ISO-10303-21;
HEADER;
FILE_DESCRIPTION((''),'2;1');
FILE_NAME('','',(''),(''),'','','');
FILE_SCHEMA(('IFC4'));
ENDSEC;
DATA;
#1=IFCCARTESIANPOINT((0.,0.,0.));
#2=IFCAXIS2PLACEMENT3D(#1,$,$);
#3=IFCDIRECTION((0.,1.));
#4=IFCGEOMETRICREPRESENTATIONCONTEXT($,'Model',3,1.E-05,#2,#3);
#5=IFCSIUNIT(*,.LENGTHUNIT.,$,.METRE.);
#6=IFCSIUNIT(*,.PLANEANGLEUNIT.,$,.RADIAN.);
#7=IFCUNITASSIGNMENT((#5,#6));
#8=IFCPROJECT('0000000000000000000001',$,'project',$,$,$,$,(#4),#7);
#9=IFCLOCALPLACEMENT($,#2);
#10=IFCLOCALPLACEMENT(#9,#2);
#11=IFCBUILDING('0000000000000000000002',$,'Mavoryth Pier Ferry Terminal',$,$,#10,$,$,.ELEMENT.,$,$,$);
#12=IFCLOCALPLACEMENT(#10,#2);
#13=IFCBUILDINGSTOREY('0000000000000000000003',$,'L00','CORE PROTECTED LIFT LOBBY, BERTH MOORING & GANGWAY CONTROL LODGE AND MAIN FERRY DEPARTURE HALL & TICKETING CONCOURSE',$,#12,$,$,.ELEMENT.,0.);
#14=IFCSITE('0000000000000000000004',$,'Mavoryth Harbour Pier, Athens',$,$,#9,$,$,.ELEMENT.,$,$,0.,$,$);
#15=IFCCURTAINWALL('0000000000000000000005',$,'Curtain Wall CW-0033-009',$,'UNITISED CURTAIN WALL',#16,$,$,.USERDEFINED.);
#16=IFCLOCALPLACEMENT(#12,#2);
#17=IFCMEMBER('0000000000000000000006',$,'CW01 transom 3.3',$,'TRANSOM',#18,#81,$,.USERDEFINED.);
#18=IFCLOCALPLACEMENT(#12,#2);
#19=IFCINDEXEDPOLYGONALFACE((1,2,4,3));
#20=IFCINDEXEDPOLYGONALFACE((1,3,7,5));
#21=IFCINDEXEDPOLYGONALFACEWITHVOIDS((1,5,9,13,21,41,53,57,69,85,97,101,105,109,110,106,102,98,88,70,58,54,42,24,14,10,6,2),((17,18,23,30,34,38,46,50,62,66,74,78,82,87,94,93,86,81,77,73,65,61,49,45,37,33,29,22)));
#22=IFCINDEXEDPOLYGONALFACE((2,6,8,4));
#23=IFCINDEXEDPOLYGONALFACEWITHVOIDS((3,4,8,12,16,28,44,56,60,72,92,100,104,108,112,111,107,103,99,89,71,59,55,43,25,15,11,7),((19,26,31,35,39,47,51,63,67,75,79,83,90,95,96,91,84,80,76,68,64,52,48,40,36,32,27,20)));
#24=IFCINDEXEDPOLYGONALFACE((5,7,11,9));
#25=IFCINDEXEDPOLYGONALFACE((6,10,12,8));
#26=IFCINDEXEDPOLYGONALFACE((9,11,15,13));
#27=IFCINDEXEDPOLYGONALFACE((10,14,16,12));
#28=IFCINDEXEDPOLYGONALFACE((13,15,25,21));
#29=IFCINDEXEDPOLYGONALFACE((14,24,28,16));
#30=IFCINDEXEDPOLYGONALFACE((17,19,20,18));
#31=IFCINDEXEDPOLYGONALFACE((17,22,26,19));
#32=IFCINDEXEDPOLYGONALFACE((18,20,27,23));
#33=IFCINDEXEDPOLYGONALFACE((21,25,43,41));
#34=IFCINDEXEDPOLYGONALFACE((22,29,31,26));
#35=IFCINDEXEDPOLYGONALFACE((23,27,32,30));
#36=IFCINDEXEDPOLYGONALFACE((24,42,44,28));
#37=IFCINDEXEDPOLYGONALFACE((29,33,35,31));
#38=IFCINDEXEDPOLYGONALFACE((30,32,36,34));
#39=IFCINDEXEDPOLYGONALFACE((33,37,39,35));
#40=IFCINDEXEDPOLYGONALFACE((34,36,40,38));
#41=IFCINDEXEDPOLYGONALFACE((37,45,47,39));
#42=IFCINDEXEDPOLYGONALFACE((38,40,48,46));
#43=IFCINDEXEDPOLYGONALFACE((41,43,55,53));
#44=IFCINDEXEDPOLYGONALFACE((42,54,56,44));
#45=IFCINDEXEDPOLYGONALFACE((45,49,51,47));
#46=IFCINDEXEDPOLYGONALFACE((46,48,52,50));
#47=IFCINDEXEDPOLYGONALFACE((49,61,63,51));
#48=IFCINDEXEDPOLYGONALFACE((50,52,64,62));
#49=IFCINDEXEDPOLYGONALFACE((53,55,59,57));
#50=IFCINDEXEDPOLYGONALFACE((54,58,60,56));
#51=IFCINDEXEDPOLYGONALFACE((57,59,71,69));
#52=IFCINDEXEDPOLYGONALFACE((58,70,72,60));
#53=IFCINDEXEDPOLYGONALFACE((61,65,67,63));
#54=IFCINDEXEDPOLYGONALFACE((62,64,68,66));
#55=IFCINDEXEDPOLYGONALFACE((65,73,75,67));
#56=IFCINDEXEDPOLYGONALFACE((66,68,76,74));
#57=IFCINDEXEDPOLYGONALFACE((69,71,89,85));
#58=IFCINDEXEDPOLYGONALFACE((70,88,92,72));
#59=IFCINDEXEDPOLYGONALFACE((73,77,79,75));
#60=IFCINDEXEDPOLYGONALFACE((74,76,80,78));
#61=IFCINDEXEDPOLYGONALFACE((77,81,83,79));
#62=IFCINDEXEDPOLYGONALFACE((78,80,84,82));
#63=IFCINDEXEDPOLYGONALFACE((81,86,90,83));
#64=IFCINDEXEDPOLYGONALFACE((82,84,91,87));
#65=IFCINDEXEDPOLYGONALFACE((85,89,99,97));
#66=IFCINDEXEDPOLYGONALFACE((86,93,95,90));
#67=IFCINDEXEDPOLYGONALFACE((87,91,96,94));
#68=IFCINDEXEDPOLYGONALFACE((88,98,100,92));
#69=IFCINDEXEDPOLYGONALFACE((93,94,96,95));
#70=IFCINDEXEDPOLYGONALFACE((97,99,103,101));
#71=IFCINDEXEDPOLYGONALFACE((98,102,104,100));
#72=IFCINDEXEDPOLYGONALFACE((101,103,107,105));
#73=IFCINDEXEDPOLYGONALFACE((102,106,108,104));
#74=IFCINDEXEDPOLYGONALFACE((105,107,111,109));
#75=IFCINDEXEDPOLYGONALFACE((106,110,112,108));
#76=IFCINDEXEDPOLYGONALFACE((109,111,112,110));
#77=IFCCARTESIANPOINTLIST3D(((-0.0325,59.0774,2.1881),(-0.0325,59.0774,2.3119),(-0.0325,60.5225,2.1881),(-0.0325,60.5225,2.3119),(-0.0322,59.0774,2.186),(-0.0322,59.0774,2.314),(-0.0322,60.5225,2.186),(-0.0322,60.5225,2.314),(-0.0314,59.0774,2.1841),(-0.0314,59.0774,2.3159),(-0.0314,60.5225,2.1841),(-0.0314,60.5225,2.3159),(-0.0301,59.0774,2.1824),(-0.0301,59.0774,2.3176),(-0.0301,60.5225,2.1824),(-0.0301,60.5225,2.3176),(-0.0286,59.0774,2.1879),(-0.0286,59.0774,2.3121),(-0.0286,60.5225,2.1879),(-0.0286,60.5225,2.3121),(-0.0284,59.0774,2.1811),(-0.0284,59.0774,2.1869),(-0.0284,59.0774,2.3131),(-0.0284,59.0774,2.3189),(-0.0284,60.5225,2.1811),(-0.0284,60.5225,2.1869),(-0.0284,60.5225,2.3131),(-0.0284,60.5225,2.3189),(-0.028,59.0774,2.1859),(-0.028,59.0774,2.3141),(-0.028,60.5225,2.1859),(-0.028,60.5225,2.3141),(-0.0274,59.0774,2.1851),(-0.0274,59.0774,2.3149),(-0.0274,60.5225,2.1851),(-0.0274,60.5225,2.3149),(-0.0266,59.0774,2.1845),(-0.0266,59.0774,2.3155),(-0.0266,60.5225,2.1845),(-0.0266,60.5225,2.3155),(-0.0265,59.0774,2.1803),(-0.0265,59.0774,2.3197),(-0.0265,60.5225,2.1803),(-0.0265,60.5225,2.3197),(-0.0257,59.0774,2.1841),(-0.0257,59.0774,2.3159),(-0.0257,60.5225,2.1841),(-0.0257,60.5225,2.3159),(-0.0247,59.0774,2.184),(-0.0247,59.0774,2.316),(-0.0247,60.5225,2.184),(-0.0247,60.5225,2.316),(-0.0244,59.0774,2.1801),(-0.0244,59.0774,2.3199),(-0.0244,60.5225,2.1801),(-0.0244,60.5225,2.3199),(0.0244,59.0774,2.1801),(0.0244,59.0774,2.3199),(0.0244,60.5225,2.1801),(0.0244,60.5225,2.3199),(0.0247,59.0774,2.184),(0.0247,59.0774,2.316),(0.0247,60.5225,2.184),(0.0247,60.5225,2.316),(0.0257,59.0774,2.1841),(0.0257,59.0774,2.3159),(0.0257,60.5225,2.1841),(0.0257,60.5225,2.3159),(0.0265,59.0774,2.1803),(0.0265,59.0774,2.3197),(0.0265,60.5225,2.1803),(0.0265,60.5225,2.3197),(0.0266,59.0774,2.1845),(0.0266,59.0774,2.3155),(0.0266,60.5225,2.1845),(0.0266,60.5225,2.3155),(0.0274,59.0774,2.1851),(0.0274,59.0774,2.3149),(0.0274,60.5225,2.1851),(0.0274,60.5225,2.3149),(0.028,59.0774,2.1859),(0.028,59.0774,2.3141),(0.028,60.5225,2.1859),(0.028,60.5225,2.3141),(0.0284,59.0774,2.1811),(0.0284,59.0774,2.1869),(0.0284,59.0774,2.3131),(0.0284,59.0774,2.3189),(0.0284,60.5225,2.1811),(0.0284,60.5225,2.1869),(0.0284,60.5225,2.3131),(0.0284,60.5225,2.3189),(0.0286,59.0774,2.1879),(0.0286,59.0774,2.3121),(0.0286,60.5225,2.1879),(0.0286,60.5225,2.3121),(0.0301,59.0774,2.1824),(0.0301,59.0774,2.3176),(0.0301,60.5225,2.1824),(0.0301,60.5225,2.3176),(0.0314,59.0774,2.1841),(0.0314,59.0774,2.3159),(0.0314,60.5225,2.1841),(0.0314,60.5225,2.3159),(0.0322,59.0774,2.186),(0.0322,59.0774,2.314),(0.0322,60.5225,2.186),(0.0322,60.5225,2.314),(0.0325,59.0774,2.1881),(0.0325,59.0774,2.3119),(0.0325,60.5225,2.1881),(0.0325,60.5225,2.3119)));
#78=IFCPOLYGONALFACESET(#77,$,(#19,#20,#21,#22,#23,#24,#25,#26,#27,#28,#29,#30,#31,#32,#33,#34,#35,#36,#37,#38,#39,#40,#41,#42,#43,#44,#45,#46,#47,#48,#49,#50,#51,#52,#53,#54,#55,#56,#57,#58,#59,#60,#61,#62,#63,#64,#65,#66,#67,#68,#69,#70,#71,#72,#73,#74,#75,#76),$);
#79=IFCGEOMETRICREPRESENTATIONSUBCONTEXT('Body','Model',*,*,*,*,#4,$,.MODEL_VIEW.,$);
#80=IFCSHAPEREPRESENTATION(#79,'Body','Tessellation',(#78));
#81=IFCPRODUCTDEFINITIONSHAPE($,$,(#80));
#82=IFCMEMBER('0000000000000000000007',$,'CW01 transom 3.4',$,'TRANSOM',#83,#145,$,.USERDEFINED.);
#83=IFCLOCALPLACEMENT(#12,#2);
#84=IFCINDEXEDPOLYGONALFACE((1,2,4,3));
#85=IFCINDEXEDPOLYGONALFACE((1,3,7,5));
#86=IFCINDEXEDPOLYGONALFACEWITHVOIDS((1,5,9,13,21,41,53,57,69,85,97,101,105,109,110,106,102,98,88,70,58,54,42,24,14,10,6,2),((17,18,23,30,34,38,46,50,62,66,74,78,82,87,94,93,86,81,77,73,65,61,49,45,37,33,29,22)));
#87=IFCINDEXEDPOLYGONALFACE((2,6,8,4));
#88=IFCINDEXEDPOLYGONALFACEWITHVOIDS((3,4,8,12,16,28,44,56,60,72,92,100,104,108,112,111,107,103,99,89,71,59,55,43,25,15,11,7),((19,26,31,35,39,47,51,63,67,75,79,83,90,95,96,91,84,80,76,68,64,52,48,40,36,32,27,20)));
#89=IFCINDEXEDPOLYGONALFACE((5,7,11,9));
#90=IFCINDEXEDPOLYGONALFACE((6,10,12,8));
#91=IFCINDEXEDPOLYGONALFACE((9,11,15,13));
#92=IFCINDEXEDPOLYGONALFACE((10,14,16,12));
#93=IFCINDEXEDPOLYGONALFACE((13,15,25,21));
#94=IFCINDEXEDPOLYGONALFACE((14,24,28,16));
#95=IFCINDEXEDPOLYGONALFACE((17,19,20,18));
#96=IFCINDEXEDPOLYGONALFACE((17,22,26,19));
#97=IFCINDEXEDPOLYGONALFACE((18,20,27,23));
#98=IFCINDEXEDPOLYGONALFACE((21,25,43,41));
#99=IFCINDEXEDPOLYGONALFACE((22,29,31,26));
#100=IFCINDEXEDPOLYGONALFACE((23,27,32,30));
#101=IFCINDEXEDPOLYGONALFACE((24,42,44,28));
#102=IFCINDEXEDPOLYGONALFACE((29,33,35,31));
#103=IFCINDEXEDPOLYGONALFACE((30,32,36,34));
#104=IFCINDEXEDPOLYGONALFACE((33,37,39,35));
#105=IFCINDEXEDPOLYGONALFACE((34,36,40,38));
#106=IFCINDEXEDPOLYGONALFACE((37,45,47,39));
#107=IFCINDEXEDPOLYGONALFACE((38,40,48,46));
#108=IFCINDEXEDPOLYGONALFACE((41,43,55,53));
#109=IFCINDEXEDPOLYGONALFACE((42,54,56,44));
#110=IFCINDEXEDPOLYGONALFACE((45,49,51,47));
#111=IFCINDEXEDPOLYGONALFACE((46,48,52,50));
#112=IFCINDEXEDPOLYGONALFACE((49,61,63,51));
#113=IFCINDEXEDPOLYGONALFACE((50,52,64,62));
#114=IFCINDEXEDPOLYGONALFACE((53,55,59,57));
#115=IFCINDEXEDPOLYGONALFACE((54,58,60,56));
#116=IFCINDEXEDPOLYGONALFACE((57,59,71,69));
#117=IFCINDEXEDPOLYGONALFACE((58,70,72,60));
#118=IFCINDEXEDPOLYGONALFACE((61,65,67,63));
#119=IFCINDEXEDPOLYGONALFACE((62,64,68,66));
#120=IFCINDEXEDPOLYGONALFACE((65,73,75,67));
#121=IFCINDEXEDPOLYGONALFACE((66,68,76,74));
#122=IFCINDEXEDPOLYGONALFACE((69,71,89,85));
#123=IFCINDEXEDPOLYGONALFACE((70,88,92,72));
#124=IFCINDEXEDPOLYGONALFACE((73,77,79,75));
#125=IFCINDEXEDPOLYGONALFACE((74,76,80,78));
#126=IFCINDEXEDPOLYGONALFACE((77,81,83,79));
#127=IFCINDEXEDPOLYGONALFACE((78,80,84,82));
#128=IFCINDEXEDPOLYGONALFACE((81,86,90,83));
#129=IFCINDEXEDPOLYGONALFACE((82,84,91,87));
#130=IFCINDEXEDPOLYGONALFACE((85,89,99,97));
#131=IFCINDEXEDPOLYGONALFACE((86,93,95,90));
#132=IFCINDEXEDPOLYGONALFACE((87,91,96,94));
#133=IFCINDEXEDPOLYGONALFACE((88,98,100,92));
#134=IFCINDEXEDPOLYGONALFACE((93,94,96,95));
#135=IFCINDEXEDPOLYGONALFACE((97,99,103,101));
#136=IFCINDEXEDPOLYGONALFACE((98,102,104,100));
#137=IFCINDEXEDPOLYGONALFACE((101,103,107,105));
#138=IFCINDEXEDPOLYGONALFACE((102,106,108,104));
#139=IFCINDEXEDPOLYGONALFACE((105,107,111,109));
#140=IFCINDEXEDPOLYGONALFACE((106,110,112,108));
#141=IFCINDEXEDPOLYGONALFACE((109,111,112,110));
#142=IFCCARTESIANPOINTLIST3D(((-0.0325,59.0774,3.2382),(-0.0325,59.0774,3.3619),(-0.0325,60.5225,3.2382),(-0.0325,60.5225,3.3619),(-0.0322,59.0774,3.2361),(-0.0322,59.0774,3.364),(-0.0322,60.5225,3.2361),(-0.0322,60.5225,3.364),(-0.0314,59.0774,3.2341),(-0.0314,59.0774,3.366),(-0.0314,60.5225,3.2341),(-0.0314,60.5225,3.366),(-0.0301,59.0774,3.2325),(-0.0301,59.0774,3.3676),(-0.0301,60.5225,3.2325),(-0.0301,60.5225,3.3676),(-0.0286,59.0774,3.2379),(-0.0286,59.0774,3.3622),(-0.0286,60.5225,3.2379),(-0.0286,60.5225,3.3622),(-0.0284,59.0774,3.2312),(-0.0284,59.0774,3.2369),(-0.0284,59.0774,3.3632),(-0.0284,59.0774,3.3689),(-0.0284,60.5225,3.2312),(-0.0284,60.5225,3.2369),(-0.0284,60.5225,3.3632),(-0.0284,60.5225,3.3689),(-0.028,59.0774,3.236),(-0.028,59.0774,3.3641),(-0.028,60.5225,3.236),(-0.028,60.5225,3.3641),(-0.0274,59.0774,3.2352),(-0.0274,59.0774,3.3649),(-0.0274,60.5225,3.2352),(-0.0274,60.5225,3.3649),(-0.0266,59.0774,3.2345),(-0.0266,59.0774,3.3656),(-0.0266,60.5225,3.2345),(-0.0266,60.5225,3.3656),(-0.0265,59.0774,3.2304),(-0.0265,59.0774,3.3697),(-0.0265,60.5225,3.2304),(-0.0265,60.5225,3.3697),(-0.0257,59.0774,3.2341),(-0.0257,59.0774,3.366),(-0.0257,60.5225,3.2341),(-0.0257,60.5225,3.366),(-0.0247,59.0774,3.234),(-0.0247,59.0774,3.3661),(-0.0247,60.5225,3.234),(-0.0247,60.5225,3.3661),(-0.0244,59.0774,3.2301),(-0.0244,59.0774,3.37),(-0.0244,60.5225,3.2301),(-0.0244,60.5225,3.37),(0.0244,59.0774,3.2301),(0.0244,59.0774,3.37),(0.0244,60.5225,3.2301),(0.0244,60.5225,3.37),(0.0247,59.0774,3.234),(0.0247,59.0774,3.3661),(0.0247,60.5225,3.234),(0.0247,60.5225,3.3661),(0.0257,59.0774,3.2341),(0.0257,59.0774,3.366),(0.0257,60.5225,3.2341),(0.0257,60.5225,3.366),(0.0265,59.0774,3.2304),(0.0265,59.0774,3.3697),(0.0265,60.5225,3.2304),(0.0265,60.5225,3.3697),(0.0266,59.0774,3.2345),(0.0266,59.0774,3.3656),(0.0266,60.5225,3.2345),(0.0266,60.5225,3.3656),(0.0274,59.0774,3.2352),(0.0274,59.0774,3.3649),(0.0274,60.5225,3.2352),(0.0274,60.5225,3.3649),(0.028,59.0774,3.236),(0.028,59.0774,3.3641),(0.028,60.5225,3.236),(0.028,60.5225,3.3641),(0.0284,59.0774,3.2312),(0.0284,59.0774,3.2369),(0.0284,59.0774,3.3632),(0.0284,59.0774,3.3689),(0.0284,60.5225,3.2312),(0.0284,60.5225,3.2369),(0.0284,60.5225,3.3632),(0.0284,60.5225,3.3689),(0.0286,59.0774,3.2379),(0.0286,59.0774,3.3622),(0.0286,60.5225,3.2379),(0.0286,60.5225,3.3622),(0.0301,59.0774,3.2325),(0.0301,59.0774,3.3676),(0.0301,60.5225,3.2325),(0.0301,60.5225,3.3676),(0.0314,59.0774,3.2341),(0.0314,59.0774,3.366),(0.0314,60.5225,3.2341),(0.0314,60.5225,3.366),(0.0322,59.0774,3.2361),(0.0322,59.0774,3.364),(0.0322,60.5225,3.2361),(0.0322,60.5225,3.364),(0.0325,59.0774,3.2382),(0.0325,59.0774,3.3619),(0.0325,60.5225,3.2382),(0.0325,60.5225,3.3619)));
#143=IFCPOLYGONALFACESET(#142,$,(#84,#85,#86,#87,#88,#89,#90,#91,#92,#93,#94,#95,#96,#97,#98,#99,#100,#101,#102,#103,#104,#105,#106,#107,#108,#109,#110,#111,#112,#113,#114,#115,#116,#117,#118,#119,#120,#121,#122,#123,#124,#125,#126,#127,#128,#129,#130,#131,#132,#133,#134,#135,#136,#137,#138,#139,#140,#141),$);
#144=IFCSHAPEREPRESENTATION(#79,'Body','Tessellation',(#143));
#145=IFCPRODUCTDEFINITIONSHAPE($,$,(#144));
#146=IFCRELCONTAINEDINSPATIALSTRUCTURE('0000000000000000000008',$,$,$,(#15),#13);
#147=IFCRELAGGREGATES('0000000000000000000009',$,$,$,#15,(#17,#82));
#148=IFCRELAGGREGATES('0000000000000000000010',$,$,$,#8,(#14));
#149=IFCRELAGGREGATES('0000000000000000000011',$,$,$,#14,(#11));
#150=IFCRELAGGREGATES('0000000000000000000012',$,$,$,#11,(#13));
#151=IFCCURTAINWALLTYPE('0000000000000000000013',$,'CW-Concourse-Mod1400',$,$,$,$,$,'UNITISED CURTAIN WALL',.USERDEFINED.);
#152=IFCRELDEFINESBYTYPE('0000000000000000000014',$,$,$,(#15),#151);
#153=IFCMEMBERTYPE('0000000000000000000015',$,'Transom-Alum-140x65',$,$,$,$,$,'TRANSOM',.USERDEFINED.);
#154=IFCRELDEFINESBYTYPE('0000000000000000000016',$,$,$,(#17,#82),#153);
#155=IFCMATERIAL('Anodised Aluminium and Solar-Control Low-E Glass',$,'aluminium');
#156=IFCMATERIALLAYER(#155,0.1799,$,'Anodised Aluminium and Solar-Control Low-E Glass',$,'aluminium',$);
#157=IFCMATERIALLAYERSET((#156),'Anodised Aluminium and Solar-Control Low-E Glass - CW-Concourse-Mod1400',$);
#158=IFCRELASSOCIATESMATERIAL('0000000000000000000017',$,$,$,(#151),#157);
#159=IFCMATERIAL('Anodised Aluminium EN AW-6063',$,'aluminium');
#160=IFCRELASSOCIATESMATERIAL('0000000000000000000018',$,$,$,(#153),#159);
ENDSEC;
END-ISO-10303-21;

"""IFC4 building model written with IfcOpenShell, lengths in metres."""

from ifc_helpers import new_model, si_unit, direction, frame, origin, origin_2d, place, context, subcontext, project, spatial, hollow_rectangle, extrude, material, layer, layer_set, material_profile, profile_set, type_object, element, aggregate, save


model = new_model("IFC4")

# Units and contexts
model_context = context("Model", 3, precision=1e-05, world=origin(), true_north=direction((0.0, 1.0)))
body_context = subcontext(model_context, "Body", "Model", "MODEL_VIEW")
ifc_project = project(units=[si_unit("LENGTHUNIT", "METRE"), si_unit("PLANEANGLEUNIT", "RADIAN")], contexts=[model_context])

# Site, building, storey
site_placement = place(None, origin())
site = spatial("IfcSite", under=ifc_project, at=site_placement, Name="Mavoryth Harbour Pier, Athens", CompositionType="ELEMENT", RefElevation=0.0)
building_placement = place(site_placement, origin())
building = spatial("IfcBuilding", under=site, at=building_placement, Name="Mavoryth Pier Ferry Terminal", CompositionType="ELEMENT")
storey_placement = place(building_placement, origin())
storey = spatial("IfcBuildingStorey", under=building, at=storey_placement, Name="L00", Description="CORE PROTECTED LIFT LOBBY, BERTH MOORING & GANGWAY CONTROL LODGE AND MAIN FERRY DEPARTURE HALL & TICKETING CONCOURSE", CompositionType="ELEMENT", Elevation=0.0)

# Curtain wall, members
ifc_material_1 = material(Name="Anodised Aluminium and Solar-Control Low-E Glass", Category="aluminium")
ifc_layer_1 = layer(ifc_material_1, 0.1799, Name="Anodised Aluminium and Solar-Control Low-E Glass", Category="aluminium")
ifc_layer_set_1 = layer_set([ifc_layer_1], Name="Anodised Aluminium and Solar-Control Low-E Glass - CW-Concourse-Mod1400")
curtain_wall_type = type_object("IfcCurtainWallType", Name="CW-Concourse-Mod1400", ElementType="UNITISED CURTAIN WALL", PredefinedType="USERDEFINED", material=ifc_layer_set_1)
curtain_wall_placement = place(storey_placement, origin())
curtain_wall = element("IfcCurtainWall", 1, at=curtain_wall_placement, inside=storey, type_object=curtain_wall_type, Name="Curtain Wall CW-0033-009", ObjectType="UNITISED CURTAIN WALL", PredefinedType="USERDEFINED")
ifc_material_2 = material(Name="Anodised Aluminium EN AW-6063", Category="aluminium")
ifc_material_profile_1 = material_profile(ifc_material_2, hollow_rectangle(XDim=0.0649, YDim=0.1399, WallThickness=0.0039, InnerFilletRadius=0.0039, OuterFilletRadius=0.0081, at=origin_2d()), Name="AL-TRAN 140x65x4", Category="aluminium")
ifc_profile_set_1 = profile_set([ifc_material_profile_1], Name="Anodised Aluminium EN AW-6063 - AL-TRAN 140x65x4")
member_type_1 = type_object("IfcMemberType", Name="Transom-Alum-140x65", ElementType="TRANSOM", PredefinedType="USERDEFINED", material=ifc_profile_set_1)
member_1_placement = place(storey_placement, frame((0.0, 60.5225, 2.25), z_axis=(0.0, -1.0, 0.0), x_axis=(1.0, 0.0, 0.0)))
member_1 = element("IfcMember", 2, at=member_1_placement, type_object=member_type_1, Name="CW01 transom 3.3", ObjectType="TRANSOM", PredefinedType="USERDEFINED", context=body_context, shape_type="SweptSolid", body=[
    extrude(hollow_rectangle(XDim=0.0649, YDim=0.1399, WallThickness=0.0039, InnerFilletRadius=0.0039, OuterFilletRadius=0.0081, at=origin_2d()), origin(), (0.0, 0.0, 1.0), 1.4451),
])
member_2_placement = place(storey_placement, frame((0.0, 60.5225, 3.3), z_axis=(0.0, -1.0, 0.0), x_axis=(1.0, 0.0, 0.0)))
member_2 = element("IfcMember", 3, at=member_2_placement, type_object=member_type_1, Name="CW01 transom 3.4", ObjectType="TRANSOM", PredefinedType="USERDEFINED", context=body_context, shape_type="SweptSolid", body=[
    extrude(hollow_rectangle(XDim=0.0649, YDim=0.1399, WallThickness=0.0039, InnerFilletRadius=0.0039, OuterFilletRadius=0.0081, at=origin_2d()), origin(), (0.0, 0.0, 1.0), 1.4451),
])
aggregate(curtain_wall, [member_1, member_2])

save(model, "model.ifc")
